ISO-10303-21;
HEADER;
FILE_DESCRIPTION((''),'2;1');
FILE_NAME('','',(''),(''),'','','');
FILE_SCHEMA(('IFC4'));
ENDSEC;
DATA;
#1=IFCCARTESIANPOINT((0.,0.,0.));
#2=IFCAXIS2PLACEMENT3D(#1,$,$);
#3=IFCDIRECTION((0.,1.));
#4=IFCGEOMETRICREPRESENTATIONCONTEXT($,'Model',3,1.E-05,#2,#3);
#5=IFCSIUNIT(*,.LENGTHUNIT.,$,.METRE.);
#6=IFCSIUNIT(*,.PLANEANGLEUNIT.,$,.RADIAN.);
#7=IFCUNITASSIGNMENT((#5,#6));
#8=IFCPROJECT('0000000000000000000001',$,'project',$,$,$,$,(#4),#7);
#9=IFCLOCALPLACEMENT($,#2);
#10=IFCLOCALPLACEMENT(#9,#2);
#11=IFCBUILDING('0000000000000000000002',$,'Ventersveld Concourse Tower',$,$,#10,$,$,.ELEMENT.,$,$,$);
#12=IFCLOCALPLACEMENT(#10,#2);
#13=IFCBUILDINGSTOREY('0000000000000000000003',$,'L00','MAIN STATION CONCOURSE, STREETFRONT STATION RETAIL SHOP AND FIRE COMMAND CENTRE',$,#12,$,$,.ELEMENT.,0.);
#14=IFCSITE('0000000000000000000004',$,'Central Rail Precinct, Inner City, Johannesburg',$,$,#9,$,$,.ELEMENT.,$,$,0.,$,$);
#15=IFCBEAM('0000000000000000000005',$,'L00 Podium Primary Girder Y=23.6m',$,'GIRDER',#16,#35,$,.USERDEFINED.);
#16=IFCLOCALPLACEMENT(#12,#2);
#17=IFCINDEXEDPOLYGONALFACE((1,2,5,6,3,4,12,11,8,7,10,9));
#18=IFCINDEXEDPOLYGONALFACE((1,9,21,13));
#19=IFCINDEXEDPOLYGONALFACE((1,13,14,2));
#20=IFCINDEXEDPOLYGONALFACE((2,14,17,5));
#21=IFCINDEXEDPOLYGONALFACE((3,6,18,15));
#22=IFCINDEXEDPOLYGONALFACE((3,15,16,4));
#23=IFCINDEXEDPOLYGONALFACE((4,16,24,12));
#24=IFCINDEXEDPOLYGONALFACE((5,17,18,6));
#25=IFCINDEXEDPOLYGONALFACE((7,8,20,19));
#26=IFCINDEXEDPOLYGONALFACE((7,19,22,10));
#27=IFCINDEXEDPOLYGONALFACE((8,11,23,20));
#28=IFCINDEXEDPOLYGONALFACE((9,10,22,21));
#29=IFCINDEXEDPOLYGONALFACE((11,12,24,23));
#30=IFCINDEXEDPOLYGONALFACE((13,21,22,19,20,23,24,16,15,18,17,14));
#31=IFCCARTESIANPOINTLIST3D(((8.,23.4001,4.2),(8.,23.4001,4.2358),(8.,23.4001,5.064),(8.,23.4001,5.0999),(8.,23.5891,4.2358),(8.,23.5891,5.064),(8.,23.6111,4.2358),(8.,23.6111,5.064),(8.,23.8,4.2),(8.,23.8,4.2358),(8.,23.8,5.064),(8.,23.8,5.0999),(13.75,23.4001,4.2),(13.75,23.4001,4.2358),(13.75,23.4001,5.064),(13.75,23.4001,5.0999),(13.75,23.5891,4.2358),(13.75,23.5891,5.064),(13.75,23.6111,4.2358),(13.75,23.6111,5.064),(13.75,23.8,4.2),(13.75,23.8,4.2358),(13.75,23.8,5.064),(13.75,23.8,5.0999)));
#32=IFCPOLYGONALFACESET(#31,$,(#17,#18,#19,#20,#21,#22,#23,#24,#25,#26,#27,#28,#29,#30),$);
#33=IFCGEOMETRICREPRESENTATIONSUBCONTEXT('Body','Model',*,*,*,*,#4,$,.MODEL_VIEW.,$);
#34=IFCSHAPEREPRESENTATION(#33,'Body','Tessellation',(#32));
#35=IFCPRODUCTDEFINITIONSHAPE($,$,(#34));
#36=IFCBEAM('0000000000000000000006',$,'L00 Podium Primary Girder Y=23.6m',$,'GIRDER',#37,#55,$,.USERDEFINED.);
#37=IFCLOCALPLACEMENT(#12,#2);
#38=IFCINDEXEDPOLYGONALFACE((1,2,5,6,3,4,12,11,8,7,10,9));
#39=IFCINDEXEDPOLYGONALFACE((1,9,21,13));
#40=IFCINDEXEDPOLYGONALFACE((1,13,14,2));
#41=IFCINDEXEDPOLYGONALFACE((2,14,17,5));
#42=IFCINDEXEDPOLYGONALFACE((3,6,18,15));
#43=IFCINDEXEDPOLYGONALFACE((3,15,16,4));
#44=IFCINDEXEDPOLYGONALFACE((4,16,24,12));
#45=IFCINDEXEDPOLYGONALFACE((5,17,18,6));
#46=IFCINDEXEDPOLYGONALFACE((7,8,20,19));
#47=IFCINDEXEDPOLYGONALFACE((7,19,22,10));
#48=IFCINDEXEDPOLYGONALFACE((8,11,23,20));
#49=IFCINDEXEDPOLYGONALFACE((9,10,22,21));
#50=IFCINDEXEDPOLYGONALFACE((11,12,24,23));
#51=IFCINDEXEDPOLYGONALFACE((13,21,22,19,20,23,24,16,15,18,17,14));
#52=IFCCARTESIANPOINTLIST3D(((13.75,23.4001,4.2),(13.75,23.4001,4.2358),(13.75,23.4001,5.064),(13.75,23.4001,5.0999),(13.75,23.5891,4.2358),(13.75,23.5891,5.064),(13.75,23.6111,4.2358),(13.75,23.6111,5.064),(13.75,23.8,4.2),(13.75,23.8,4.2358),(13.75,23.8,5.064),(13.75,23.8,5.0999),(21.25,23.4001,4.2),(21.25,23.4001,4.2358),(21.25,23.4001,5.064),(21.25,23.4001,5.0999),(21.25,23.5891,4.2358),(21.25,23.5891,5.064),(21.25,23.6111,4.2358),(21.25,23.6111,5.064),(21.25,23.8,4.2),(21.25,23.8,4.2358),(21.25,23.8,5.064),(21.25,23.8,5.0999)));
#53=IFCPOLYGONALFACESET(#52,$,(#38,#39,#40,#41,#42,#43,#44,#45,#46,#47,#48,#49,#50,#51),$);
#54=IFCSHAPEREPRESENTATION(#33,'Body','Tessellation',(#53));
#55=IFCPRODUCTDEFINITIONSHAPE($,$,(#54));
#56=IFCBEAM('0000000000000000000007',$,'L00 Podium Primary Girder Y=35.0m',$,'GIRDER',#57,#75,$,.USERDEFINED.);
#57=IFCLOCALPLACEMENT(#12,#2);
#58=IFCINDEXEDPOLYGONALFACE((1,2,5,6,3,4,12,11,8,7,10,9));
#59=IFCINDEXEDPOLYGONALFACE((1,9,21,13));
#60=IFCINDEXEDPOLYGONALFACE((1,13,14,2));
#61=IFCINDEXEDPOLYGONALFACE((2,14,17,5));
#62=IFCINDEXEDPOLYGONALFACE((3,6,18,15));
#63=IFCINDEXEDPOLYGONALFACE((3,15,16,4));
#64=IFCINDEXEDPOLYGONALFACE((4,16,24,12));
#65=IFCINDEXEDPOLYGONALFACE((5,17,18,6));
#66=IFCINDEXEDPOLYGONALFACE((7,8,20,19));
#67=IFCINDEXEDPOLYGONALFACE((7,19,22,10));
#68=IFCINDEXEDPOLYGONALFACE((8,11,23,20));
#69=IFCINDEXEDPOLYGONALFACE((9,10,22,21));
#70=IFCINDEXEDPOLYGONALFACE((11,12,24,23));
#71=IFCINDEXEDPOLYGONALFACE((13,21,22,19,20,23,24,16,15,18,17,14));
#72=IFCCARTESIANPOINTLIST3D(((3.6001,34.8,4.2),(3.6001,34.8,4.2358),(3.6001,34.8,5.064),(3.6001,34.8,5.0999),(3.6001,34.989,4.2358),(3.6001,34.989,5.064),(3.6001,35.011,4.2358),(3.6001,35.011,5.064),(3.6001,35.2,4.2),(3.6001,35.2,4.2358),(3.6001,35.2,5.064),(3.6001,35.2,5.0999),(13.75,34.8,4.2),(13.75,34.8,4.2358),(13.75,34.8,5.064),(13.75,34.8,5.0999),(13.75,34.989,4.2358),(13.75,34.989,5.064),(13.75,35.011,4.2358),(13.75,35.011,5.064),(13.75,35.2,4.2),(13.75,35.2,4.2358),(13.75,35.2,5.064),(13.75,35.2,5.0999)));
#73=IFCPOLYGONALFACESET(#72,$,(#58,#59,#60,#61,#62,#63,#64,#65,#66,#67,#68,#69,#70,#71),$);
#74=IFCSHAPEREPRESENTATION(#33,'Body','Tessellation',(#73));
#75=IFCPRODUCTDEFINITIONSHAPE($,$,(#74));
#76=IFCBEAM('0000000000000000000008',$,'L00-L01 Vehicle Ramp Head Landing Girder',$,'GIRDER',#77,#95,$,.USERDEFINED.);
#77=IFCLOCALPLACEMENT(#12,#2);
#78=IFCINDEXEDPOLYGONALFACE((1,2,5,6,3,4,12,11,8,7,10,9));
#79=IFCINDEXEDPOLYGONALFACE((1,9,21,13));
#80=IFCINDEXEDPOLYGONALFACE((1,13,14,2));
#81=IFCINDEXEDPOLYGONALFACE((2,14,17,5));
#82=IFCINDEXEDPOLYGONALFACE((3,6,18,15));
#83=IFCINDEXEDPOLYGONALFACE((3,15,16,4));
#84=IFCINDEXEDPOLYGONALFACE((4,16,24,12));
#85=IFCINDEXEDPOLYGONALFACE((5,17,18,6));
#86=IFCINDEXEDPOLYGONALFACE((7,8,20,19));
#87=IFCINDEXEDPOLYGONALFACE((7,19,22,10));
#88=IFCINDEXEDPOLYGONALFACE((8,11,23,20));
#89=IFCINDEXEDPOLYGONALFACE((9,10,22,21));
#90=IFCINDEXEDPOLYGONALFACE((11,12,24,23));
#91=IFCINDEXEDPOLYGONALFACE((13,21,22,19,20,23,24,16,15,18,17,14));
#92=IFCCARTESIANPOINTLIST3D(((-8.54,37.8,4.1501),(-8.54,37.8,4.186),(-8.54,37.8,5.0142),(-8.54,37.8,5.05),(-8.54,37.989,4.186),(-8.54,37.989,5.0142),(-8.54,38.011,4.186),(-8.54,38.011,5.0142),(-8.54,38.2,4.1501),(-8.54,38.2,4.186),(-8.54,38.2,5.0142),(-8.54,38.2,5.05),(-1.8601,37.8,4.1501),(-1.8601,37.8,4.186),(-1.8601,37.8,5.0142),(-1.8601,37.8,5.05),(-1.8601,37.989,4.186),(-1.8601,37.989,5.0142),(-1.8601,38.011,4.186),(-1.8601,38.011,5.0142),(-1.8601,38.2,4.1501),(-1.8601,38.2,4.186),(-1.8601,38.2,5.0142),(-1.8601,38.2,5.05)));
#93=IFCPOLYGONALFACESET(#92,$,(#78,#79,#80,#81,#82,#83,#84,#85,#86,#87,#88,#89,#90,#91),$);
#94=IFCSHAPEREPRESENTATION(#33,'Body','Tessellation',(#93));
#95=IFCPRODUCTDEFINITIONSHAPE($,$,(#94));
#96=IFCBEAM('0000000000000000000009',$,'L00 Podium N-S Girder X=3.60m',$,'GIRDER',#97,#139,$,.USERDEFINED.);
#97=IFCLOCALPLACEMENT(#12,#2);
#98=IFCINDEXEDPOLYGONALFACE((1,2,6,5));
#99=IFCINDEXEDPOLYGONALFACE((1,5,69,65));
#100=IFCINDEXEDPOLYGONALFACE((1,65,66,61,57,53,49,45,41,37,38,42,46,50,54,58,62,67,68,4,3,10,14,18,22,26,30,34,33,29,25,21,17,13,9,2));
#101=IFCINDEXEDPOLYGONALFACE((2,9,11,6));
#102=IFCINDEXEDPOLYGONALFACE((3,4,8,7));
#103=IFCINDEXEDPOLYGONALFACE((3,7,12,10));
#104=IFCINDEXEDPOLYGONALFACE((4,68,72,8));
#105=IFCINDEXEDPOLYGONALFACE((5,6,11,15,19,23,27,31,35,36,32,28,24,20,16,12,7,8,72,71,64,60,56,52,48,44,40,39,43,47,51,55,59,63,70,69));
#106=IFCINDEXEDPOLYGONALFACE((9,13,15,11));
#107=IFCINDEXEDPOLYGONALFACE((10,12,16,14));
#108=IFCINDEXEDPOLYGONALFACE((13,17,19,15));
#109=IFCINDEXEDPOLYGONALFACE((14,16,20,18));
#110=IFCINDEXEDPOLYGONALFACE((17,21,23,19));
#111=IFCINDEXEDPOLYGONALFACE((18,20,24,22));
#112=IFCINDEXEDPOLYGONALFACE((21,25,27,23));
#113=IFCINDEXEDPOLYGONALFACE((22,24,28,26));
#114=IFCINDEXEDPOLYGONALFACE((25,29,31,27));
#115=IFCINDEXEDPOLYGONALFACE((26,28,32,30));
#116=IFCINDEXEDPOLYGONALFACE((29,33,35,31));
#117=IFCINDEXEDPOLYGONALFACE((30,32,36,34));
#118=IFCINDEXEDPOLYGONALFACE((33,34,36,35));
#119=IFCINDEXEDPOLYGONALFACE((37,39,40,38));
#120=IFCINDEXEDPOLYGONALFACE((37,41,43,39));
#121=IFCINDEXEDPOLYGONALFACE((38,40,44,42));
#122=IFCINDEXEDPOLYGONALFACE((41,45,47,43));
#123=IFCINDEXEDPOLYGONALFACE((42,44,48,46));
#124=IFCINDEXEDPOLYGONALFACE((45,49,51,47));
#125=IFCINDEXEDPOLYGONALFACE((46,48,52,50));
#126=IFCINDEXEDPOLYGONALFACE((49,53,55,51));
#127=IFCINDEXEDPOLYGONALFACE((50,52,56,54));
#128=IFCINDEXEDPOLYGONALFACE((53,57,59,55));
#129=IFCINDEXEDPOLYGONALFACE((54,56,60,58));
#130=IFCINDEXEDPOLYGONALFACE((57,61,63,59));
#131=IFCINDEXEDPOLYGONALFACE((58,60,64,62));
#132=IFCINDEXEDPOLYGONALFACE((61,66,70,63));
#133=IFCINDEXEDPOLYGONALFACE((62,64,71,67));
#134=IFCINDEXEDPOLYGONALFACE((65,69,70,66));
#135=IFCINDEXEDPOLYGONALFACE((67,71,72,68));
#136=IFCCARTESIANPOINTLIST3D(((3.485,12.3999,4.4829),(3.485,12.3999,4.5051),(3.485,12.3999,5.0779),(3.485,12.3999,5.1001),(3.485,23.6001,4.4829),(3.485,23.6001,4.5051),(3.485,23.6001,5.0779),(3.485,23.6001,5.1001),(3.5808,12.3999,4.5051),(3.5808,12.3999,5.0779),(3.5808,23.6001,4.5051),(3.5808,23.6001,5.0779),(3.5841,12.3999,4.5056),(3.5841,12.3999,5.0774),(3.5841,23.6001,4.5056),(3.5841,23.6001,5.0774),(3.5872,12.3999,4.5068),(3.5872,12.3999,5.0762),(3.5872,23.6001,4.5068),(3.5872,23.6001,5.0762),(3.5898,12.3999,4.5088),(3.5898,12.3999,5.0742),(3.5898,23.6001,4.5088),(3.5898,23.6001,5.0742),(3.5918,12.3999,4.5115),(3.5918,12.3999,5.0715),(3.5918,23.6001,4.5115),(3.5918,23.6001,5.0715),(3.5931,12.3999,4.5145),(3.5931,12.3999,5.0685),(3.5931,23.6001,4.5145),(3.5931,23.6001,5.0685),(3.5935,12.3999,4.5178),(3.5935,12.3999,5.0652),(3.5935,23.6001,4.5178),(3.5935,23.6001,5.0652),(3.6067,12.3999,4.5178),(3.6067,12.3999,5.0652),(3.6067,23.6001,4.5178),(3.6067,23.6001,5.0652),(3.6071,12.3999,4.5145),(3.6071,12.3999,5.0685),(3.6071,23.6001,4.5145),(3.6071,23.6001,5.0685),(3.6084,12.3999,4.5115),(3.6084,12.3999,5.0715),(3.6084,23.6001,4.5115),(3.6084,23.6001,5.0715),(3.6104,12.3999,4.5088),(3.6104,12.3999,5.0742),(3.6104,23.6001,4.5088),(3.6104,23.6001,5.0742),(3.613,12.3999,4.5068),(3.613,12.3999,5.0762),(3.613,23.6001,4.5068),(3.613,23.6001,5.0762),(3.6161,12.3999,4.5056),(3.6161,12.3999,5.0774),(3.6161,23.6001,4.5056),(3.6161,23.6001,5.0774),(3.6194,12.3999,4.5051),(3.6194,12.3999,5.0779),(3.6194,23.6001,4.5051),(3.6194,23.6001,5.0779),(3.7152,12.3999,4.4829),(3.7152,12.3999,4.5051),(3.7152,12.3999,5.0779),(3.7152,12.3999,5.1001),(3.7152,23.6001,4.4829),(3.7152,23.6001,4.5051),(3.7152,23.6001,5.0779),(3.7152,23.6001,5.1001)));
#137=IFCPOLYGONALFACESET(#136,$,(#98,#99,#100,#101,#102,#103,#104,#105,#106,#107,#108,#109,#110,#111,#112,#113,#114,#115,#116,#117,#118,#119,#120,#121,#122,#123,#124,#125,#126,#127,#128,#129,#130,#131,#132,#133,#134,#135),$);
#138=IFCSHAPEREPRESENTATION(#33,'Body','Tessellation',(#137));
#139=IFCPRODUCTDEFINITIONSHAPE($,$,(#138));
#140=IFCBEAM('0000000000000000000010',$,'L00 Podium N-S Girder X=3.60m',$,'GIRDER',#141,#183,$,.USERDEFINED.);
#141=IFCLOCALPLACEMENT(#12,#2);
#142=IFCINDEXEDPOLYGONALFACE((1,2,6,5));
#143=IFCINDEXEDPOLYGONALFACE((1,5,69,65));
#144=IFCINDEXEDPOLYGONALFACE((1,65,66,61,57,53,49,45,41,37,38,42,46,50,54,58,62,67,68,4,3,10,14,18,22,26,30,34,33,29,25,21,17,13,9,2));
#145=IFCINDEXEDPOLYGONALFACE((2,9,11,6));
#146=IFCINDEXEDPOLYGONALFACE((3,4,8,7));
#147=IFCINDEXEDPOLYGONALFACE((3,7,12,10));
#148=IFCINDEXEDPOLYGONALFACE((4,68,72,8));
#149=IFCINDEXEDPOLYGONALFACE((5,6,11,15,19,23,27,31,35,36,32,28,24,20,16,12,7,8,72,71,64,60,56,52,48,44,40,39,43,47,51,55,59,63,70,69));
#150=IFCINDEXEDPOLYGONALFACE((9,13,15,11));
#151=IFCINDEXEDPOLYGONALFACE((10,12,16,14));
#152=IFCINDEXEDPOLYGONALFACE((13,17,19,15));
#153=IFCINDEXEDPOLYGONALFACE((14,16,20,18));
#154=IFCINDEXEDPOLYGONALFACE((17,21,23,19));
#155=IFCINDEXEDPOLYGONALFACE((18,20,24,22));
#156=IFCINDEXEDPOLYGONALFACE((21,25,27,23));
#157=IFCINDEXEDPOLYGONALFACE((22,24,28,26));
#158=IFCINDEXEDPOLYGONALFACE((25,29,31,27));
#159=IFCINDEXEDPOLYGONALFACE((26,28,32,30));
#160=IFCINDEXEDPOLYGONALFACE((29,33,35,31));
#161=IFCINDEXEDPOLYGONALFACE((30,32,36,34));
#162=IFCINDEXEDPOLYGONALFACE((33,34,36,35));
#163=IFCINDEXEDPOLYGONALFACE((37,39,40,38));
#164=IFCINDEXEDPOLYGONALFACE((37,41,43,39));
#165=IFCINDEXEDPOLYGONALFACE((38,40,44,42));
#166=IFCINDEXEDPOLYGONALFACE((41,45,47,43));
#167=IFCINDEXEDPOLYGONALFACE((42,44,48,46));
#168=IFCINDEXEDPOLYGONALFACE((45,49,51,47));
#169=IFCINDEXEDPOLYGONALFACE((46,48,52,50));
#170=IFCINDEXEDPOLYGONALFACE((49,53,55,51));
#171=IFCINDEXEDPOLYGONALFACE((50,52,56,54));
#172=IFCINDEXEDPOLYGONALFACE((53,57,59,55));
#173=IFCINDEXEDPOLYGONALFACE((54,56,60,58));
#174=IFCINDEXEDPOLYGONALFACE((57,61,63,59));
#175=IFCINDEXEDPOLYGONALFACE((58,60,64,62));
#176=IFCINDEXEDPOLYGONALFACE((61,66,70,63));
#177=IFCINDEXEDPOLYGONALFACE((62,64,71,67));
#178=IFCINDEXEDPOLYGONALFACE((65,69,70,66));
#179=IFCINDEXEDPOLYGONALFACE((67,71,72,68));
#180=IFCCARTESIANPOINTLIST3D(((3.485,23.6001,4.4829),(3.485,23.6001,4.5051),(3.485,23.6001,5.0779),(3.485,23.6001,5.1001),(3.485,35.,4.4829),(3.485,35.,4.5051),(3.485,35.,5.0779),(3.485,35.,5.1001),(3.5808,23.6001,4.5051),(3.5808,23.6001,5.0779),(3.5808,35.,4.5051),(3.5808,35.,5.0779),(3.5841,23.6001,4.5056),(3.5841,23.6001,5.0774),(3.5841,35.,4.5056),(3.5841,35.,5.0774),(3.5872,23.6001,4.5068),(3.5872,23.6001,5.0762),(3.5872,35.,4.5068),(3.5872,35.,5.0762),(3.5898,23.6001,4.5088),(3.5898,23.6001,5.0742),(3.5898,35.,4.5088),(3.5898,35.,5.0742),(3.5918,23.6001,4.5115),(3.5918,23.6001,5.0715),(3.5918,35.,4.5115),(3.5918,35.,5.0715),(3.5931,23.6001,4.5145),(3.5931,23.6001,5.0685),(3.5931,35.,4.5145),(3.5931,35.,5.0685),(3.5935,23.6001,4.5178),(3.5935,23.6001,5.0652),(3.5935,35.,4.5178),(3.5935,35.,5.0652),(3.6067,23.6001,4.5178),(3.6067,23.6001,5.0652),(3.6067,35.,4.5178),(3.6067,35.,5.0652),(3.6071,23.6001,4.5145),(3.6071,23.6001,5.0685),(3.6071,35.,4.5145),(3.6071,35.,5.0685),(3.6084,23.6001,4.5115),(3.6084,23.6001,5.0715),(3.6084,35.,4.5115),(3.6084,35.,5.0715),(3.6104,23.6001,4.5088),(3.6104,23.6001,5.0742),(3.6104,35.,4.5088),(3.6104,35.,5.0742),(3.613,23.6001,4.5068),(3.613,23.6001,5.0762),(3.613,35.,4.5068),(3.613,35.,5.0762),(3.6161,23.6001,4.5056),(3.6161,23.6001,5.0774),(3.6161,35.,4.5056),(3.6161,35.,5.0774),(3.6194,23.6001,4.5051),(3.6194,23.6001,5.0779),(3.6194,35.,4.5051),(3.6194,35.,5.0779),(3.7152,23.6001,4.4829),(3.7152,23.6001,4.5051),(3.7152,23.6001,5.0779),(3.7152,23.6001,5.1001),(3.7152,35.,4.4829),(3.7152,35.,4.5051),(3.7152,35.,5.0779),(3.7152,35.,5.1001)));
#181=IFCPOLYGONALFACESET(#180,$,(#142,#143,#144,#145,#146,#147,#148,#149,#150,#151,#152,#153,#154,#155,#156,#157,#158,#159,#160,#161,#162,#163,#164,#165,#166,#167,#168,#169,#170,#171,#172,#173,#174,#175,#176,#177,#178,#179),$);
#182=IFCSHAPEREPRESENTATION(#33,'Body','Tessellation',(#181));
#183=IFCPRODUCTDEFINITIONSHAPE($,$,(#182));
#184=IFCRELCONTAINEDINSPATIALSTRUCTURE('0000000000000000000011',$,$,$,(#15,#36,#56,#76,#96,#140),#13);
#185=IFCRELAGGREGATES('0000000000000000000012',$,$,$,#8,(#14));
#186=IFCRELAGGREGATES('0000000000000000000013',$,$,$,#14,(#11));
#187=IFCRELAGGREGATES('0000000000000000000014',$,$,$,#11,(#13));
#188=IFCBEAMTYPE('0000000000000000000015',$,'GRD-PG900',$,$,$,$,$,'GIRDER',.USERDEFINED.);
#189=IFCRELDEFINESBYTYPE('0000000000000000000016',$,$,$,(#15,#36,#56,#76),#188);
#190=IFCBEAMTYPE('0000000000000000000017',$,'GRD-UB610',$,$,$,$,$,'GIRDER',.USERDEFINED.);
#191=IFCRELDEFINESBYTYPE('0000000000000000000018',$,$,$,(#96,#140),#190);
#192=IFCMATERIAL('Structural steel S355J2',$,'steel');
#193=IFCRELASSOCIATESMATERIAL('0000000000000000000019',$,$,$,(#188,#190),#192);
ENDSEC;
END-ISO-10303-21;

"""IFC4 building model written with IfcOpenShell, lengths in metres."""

from ifc_helpers import new_model, si_unit, direction, frame, origin, origin_2d, place, context, subcontext, project, spatial, i_section, extrude, material, material_profile, profile_set, type_object, element, save


model = new_model("IFC4")

# Units and contexts
model_context = context("Model", 3, precision=1e-05, world=origin(), true_north=direction((0.0, 1.0)))
body_context = subcontext(model_context, "Body", "Model", "MODEL_VIEW")
ifc_project = project(units=[si_unit("LENGTHUNIT", "METRE"), si_unit("PLANEANGLEUNIT", "RADIAN")], contexts=[model_context])

# Site, building, storey
site_placement = place(None, origin())
site = spatial("IfcSite", under=ifc_project, at=site_placement, Name="Central Rail Precinct, Inner City, Johannesburg", CompositionType="ELEMENT", RefElevation=0.0)
building_placement = place(site_placement, origin())
building = spatial("IfcBuilding", under=site, at=building_placement, Name="Ventersveld Concourse Tower", CompositionType="ELEMENT")
storey_placement = place(building_placement, origin())
storey = spatial("IfcBuildingStorey", under=building, at=storey_placement, Name="L00", Description="MAIN STATION CONCOURSE, STREETFRONT STATION RETAIL SHOP AND FIRE COMMAND CENTRE", CompositionType="ELEMENT", Elevation=0.0)

# Beams
ifc_material_1 = material(Name="Structural steel S355J2", Category="steel")
ifc_material_profile_1 = material_profile(ifc_material_1, i_section(OverallWidth=0.3999, OverallDepth=0.8999, WebThickness=0.022, FlangeThickness=0.0359, at=origin_2d()), Name="PG 900x400x36")
ifc_profile_set_1 = profile_set([ifc_material_profile_1], Name="Structural steel S355J2")
beam_type_1 = type_object("IfcBeamType", Name="GRD-PG900", ElementType="GIRDER", PredefinedType="USERDEFINED", material=ifc_profile_set_1)
beam_1_placement = place(storey_placement, frame((8.0, 23.6001, 4.6499), z_axis=(1.0, 0.0, 0.0), x_axis=(0.0, 1.0, 0.0)))
element("IfcBeam", 1, at=beam_1_placement, inside=storey, type_object=beam_type_1, Name="L00 Podium Primary Girder Y=23.6m", ObjectType="GIRDER", PredefinedType="USERDEFINED", context=body_context, shape_type="SweptSolid", body=[
    extrude(i_section(OverallWidth=0.3999, OverallDepth=0.8999, WebThickness=0.022, FlangeThickness=0.0359, at=origin_2d()), origin(), (0.0, 0.0, 1.0), 5.75),
])
beam_2_placement = place(storey_placement, frame((13.75, 23.6001, 4.6499), z_axis=(1.0, 0.0, 0.0), x_axis=(0.0, 1.0, 0.0)))
element("IfcBeam", 2, at=beam_2_placement, inside=storey, type_object=beam_type_1, Name="L00 Podium Primary Girder Y=23.6m", ObjectType="GIRDER", PredefinedType="USERDEFINED", context=body_context, shape_type="SweptSolid", body=[
    extrude(i_section(OverallWidth=0.3999, OverallDepth=0.8999, WebThickness=0.022, FlangeThickness=0.0359, at=origin_2d()), origin(), (0.0, 0.0, 1.0), 7.5),
])
beam_3_placement = place(storey_placement, frame((3.6001, 35.0, 4.6499), z_axis=(1.0, 0.0, 0.0), x_axis=(0.0, 1.0, 0.0)))
element("IfcBeam", 3, at=beam_3_placement, inside=storey, type_object=beam_type_1, Name="L00 Podium Primary Girder Y=35.0m", ObjectType="GIRDER", PredefinedType="USERDEFINED", context=body_context, shape_type="SweptSolid", body=[
    extrude(i_section(OverallWidth=0.3999, OverallDepth=0.8999, WebThickness=0.022, FlangeThickness=0.0359, at=origin_2d()), origin(), (0.0, 0.0, 1.0), 10.1499),
])
beam_4_placement = place(storey_placement, frame((-8.54, 38.0, 4.6001), z_axis=(1.0, 0.0, 0.0), x_axis=(0.0, 1.0, 0.0)))
element("IfcBeam", 4, at=beam_4_placement, inside=storey, type_object=beam_type_1, Name="L00-L01 Vehicle Ramp Head Landing Girder", ObjectType="GIRDER", PredefinedType="USERDEFINED", context=body_context, shape_type="SweptSolid", body=[
    extrude(i_section(OverallWidth=0.3999, OverallDepth=0.8999, WebThickness=0.022, FlangeThickness=0.0359, at=origin_2d()), origin(), (0.0, 0.0, 1.0), 6.6799),
])
ifc_material_profile_2 = material_profile(ifc_material_1, i_section(OverallWidth=0.2302, OverallDepth=0.6172, WebThickness=0.0132, FlangeThickness=0.0222, FilletRadius=0.0127, at=origin_2d()), Name="UB 610x229x140")
ifc_profile_set_2 = profile_set([ifc_material_profile_2], Name="Structural steel S355J2")
beam_type_2 = type_object("IfcBeamType", Name="GRD-UB610", ElementType="GIRDER", PredefinedType="USERDEFINED", material=ifc_profile_set_2)
beam_5_placement = place(storey_placement, frame((3.6001, 12.3999, 4.7915), z_axis=(0.0, 1.0, 0.0), x_axis=(-1.0, 0.0, 0.0)))
element("IfcBeam", 5, at=beam_5_placement, inside=storey, type_object=beam_type_2, Name="L00 Podium N-S Girder X=3.60m", ObjectType="GIRDER", PredefinedType="USERDEFINED", context=body_context, shape_type="SweptSolid", body=[
    extrude(i_section(OverallWidth=0.2302, OverallDepth=0.6172, WebThickness=0.0132, FlangeThickness=0.0222, FilletRadius=0.0127, at=origin_2d()), origin(), (0.0, 0.0, 1.0), 11.2002),
])
beam_6_placement = place(storey_placement, frame((3.6001, 23.6001, 4.7915), z_axis=(0.0, 1.0, 0.0), x_axis=(-1.0, 0.0, 0.0)))
element("IfcBeam", 6, at=beam_6_placement, inside=storey, type_object=beam_type_2, Name="L00 Podium N-S Girder X=3.60m", ObjectType="GIRDER", PredefinedType="USERDEFINED", context=body_context, shape_type="SweptSolid", body=[
    extrude(i_section(OverallWidth=0.2302, OverallDepth=0.6172, WebThickness=0.0132, FlangeThickness=0.0222, FilletRadius=0.0127, at=origin_2d()), origin(), (0.0, 0.0, 1.0), 11.3999),
])

save(model, "model.ifc")
